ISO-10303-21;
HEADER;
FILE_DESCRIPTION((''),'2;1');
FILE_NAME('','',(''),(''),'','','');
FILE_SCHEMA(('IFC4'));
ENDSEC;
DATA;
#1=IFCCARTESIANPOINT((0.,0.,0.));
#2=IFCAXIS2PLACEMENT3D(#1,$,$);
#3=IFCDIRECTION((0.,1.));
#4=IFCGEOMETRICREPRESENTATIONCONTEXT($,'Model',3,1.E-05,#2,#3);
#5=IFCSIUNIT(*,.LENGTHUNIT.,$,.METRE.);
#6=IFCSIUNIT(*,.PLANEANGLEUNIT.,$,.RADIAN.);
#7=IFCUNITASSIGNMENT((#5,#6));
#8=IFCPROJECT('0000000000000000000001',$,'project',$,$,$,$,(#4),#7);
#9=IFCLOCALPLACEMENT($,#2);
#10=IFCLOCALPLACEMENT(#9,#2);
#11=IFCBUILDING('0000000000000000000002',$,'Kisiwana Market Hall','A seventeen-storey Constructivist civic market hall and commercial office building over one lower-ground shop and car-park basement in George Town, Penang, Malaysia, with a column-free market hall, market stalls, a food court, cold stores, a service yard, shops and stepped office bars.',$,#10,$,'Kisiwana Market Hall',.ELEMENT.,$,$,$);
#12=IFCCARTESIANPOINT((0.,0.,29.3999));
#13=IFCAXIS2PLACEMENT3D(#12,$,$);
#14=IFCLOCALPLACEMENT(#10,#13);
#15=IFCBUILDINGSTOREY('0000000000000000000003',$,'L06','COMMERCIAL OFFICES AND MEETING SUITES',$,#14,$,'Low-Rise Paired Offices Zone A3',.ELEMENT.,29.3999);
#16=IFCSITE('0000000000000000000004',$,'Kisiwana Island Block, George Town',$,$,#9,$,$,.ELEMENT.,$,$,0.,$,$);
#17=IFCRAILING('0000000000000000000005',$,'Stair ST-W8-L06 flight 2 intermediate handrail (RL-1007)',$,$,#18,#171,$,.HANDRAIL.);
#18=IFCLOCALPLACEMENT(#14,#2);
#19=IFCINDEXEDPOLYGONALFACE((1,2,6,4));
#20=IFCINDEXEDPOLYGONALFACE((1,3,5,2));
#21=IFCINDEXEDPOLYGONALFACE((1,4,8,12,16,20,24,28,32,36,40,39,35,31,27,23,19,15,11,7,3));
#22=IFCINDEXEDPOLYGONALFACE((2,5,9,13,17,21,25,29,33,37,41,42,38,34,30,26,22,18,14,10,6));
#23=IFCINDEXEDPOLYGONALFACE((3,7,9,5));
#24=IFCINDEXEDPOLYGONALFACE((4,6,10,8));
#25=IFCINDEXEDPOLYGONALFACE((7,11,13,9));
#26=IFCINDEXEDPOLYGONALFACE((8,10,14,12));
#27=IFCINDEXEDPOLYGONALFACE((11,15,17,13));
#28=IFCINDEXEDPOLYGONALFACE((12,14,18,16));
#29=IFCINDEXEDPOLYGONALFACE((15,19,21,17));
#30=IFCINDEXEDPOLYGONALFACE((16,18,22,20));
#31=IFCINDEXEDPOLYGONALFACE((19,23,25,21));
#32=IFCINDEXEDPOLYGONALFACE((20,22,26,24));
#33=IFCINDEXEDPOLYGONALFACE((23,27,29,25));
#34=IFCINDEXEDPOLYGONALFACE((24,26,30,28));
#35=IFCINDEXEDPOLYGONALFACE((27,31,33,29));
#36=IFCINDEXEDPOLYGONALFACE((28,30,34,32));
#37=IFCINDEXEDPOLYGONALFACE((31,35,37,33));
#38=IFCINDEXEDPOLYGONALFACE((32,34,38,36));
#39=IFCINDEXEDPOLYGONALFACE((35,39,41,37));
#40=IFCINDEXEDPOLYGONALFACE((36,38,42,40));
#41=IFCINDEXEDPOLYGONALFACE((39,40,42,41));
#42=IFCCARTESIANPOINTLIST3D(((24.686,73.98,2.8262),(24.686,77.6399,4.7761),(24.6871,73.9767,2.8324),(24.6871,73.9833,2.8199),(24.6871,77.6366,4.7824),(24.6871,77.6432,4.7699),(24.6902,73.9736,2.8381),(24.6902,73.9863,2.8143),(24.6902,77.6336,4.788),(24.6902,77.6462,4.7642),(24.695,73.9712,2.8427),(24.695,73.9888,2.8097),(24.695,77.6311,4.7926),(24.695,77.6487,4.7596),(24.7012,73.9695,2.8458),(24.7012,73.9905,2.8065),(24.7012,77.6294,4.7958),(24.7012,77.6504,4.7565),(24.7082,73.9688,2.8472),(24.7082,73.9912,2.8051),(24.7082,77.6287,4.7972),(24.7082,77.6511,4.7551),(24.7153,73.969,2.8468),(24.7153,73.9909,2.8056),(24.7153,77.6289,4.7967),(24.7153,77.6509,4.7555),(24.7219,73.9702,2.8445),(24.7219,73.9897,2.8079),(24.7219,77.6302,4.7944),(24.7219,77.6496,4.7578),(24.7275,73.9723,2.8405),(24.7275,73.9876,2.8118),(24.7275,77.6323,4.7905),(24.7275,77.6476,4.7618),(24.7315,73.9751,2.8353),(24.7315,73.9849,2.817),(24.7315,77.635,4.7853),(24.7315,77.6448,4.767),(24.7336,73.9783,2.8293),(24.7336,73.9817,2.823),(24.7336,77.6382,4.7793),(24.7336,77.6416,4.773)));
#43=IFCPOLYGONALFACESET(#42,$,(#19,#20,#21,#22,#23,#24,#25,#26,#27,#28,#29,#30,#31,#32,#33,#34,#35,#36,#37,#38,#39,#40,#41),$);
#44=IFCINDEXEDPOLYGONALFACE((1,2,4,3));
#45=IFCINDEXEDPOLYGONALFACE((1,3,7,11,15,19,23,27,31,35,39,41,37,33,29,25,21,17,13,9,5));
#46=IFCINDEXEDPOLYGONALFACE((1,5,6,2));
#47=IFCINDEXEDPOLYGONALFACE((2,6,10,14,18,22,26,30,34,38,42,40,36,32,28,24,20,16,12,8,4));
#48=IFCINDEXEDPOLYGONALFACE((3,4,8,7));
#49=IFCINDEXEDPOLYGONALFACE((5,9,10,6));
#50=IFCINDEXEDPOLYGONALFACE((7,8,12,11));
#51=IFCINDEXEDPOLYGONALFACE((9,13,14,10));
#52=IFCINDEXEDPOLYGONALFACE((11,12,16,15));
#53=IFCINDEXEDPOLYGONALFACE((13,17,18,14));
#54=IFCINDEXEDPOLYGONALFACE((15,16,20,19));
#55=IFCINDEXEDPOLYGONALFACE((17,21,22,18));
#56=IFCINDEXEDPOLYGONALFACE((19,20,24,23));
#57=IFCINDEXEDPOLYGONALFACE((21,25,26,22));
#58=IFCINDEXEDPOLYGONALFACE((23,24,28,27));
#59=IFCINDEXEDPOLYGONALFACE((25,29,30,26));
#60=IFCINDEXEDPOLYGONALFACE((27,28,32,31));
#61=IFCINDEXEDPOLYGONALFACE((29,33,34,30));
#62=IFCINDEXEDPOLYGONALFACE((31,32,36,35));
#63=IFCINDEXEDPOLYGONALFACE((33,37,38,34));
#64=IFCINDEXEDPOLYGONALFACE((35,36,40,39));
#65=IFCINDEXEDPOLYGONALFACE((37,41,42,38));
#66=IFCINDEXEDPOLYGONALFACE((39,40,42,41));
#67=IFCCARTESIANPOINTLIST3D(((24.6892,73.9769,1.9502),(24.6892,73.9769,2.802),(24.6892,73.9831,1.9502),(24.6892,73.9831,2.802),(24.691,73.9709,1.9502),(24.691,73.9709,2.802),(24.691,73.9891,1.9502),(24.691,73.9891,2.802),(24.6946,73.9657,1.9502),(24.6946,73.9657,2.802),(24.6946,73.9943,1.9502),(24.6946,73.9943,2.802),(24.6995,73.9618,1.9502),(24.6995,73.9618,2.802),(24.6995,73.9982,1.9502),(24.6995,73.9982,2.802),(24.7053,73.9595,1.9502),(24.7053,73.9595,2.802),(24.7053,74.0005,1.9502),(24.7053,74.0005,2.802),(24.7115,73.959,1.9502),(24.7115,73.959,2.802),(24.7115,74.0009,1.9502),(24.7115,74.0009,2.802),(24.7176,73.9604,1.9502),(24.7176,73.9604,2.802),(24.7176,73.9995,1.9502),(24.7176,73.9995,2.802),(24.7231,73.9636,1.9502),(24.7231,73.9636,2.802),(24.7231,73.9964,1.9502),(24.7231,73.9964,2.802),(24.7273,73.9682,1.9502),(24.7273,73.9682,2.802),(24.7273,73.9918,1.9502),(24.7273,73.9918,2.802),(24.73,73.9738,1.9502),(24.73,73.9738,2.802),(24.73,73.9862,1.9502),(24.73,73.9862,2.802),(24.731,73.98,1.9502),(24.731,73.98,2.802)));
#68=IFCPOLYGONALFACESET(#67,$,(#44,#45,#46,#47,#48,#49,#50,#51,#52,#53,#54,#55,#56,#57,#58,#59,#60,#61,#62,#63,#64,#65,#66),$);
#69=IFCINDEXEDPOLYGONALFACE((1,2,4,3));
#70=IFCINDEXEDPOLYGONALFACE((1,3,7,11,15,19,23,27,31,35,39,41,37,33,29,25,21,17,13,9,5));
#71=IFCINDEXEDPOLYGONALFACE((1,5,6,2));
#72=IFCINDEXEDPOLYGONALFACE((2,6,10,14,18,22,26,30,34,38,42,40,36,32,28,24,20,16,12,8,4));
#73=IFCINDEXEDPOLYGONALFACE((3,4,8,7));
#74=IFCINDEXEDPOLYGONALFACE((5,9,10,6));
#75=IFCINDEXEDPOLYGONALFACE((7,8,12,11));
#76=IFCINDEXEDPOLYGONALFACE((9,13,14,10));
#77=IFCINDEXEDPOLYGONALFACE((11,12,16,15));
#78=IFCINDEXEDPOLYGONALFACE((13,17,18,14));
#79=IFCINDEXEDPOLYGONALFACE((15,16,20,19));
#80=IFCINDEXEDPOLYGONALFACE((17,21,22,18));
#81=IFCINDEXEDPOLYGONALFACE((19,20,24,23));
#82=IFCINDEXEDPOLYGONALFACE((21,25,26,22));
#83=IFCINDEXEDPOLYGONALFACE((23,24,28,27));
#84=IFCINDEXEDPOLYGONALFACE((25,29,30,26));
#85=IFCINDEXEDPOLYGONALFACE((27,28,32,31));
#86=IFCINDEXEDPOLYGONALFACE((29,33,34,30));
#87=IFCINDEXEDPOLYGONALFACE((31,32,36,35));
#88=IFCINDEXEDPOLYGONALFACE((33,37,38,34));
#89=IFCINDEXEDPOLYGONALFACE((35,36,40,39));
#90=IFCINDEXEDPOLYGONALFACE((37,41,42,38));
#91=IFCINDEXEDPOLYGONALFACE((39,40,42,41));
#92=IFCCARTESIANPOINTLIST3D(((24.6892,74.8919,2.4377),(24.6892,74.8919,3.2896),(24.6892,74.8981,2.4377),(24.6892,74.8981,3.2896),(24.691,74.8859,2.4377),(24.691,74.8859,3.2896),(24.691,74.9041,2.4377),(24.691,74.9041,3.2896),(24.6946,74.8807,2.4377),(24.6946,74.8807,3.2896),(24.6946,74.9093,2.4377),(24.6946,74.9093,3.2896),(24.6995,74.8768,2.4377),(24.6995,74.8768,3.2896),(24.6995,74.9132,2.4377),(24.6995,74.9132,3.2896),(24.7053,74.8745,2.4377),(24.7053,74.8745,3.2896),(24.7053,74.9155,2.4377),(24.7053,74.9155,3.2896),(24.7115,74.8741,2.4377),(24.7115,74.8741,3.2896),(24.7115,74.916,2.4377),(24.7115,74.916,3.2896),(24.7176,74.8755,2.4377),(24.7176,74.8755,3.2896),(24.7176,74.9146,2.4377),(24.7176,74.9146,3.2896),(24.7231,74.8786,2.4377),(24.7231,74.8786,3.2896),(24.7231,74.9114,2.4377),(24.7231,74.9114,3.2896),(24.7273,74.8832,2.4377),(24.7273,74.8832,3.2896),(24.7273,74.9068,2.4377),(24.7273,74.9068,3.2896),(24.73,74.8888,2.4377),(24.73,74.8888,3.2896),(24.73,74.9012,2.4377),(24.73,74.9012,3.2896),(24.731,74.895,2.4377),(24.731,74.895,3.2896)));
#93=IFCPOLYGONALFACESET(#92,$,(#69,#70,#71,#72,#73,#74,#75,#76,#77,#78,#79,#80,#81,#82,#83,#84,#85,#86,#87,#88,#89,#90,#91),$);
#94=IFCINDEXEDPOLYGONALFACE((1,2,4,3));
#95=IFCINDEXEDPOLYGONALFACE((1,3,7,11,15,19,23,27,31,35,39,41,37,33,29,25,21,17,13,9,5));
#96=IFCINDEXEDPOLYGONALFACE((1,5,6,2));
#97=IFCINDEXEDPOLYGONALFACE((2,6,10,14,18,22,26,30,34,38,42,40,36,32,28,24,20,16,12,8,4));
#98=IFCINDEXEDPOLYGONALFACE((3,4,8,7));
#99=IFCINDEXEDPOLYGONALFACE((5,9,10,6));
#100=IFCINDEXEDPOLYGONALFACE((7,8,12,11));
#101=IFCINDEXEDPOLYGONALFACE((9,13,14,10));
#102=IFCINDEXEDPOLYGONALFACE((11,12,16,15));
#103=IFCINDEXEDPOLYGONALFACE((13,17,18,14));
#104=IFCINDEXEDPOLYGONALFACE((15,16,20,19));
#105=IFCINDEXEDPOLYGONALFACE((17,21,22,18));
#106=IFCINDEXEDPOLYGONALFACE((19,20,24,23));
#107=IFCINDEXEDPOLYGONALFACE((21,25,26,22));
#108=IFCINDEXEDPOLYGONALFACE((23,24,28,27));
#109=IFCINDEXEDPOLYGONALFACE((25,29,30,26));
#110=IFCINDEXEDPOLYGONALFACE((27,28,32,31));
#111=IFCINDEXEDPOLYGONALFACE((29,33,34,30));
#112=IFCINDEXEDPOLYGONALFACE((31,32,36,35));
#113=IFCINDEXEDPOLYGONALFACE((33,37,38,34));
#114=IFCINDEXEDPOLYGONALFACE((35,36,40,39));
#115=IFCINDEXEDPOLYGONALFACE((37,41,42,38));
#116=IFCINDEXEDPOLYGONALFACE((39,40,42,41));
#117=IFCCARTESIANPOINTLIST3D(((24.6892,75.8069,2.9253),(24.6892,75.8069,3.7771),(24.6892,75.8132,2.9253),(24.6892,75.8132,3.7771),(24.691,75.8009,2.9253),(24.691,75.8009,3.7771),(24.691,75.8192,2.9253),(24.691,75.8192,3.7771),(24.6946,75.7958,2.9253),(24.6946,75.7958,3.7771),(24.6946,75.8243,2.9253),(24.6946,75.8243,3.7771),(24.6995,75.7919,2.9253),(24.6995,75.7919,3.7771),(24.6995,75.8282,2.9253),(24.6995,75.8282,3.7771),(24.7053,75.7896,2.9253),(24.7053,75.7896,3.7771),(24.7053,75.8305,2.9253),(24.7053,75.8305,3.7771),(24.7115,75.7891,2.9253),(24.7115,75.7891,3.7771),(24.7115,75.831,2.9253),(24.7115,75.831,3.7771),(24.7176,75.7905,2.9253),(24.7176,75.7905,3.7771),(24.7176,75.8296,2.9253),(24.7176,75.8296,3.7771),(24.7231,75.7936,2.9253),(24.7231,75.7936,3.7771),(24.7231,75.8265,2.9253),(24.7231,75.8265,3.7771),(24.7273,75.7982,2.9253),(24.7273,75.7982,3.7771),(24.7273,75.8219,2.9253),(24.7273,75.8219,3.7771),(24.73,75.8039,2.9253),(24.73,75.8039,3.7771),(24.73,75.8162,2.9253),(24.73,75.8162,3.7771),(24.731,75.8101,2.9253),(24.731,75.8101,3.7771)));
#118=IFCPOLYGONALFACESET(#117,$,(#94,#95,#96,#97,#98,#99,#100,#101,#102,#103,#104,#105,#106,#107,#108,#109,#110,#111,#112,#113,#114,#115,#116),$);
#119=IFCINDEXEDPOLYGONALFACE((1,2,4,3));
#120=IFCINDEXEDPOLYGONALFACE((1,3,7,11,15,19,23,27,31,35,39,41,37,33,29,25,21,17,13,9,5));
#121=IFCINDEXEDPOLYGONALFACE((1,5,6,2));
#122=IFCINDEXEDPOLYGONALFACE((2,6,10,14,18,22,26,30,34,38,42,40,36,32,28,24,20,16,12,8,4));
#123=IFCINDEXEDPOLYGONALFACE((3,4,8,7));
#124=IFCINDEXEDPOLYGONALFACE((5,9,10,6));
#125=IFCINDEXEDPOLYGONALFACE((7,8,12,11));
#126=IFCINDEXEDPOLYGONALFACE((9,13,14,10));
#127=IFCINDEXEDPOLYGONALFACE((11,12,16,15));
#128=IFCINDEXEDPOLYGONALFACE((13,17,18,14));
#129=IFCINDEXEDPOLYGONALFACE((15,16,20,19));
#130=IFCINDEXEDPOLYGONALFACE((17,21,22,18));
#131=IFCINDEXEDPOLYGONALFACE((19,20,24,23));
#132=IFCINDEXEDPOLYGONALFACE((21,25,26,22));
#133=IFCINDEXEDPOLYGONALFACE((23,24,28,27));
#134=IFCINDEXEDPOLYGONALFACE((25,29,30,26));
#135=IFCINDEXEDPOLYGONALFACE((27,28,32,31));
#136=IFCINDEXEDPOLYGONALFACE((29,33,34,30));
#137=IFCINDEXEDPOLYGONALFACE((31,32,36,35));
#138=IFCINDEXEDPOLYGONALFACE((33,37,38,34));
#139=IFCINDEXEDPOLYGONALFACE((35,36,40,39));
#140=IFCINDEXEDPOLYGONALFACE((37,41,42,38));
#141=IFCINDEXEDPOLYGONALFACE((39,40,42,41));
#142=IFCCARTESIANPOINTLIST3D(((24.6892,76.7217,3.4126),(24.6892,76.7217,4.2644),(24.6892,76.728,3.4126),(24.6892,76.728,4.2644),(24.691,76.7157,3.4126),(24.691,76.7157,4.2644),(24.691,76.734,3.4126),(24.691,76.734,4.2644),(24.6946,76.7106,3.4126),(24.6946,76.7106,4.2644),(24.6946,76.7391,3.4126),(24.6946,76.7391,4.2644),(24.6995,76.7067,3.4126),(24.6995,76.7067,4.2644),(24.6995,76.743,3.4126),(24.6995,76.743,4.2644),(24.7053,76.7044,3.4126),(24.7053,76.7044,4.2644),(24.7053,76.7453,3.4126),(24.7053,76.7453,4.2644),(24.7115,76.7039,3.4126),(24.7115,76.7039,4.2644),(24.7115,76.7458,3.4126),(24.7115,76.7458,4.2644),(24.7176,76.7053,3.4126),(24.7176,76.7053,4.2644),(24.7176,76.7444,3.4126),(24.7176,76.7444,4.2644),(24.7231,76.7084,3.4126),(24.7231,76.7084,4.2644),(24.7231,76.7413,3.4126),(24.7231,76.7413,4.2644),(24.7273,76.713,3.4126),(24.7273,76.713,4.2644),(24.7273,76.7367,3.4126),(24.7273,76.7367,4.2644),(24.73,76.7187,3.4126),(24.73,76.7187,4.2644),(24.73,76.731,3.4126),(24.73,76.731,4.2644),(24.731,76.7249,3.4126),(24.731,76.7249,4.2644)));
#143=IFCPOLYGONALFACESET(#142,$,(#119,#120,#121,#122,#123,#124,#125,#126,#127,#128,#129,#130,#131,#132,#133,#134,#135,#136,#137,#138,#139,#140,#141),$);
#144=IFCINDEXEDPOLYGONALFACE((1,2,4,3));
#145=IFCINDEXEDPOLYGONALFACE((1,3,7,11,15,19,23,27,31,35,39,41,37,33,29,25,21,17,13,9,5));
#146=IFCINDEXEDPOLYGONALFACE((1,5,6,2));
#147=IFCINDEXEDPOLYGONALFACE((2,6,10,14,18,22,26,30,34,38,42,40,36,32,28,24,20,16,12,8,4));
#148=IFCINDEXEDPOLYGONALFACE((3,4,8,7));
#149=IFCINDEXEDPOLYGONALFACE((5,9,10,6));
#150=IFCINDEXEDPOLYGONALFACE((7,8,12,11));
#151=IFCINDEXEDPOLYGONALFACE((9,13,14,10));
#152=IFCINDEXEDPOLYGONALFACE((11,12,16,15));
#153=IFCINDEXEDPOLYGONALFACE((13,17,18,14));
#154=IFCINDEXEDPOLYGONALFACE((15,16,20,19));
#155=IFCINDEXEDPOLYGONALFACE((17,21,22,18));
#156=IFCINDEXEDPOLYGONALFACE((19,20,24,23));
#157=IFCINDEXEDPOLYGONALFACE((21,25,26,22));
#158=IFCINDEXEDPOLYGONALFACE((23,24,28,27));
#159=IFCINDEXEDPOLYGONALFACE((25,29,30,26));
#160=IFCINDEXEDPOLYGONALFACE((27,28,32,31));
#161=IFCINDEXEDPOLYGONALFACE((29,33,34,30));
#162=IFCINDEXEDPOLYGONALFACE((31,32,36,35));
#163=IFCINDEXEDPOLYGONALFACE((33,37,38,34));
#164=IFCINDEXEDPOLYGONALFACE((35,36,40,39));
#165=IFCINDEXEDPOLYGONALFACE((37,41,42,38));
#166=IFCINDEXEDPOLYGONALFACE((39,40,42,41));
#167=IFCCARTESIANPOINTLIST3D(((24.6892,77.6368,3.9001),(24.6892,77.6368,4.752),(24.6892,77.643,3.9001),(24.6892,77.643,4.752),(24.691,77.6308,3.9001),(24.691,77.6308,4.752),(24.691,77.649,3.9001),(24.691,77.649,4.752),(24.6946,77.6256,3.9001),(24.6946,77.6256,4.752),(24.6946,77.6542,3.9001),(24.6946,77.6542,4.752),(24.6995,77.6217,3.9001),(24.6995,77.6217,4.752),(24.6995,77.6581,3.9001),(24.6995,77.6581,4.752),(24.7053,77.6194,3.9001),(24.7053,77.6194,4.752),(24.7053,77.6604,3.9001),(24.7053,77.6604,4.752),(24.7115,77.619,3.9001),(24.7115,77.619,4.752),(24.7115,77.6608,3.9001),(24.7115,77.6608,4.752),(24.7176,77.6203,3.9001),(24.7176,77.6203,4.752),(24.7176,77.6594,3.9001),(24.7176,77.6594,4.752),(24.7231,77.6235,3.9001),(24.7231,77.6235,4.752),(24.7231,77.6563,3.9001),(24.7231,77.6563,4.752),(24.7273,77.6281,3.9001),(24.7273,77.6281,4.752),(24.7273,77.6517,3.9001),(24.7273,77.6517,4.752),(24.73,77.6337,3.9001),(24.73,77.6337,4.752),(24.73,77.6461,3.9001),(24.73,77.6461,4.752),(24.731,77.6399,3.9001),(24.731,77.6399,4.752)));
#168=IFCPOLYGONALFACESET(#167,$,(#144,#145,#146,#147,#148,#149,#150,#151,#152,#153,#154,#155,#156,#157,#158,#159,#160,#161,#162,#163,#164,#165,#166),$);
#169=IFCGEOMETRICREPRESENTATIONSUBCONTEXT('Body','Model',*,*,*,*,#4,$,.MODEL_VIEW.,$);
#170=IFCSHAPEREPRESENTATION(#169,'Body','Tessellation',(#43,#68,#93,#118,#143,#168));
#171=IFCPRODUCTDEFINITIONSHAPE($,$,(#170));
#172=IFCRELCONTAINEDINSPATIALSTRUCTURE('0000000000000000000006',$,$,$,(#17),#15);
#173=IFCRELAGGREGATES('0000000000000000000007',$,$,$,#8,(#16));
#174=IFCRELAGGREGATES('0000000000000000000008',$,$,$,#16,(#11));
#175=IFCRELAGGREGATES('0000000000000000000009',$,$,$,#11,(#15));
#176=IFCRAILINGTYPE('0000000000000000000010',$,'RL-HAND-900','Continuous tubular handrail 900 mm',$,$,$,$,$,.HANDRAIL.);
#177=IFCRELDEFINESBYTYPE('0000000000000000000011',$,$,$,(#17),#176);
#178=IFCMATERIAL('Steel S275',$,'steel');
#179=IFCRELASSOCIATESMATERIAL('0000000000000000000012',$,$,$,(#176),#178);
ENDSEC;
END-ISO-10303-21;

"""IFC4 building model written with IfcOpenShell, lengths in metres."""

from ifc_helpers import new_model, si_unit, direction, frame, origin, origin_2d, place, context, subcontext, project, spatial, circle, extrude, material, type_object, element, save


model = new_model("IFC4")

# Units and contexts
model_context = context("Model", 3, precision=1e-05, world=origin(), true_north=direction((0.0, 1.0)))
body_context = subcontext(model_context, "Body", "Model", "MODEL_VIEW")
ifc_project = project(units=[si_unit("LENGTHUNIT", "METRE"), si_unit("PLANEANGLEUNIT", "RADIAN")], contexts=[model_context])

# Site, building, storey
site_placement = place(None, origin())
site = spatial("IfcSite", under=ifc_project, at=site_placement, Name="Kisiwana Island Block, George Town", CompositionType="ELEMENT", RefElevation=0.0)
building_placement = place(site_placement, origin())
building = spatial("IfcBuilding", under=site, at=building_placement, Name="Kisiwana Market Hall", Description="A seventeen-storey Constructivist civic market hall and commercial office building over one lower-ground shop and car-park basement in George Town, Penang, Malaysia, with a column-free market hall, market stalls, a food court, cold stores, a service yard, shops and stepped office bars.", LongName="Kisiwana Market Hall", CompositionType="ELEMENT")
storey_placement = place(building_placement, frame((0.0, 0.0, 29.3999)))
storey = spatial("IfcBuildingStorey", under=building, at=storey_placement, Name="L06", Description="COMMERCIAL OFFICES AND MEETING SUITES", LongName="Low-Rise Paired Offices Zone A3", CompositionType="ELEMENT", Elevation=29.3999)

# Railing
ifc_material_1 = material(Name="Steel S275", Category="steel")
railing_type_1 = type_object("IfcRailingType", Name="RL-HAND-900", Description="Continuous tubular handrail 900 mm", PredefinedType="HANDRAIL", material=ifc_material_1)
railing_1_placement = place(storey_placement, frame((24.71, 73.98, 1.9502)))
element("IfcRailing", 1, at=railing_1_placement, inside=storey, type_object=railing_type_1, Name="Stair ST-W8-L06 flight 2 intermediate handrail (RL-1007)", PredefinedType="HANDRAIL", context=body_context, shape_type="SweptSolid", body=[
    extrude(circle(Radius=0.0239, at=origin_2d()), frame((0.0, 0.0, 0.876), z_axis=(0.0, 0.882553, 0.470212), x_axis=(-1.0, 0.0, 0.0)), (0.0, 0.0, 1.0), 4.147),
    extrude(circle(Radius=0.021, at=origin_2d()), origin(), (0.0, 0.0, 1.0), 0.8518),
    extrude(circle(Radius=0.021, at=origin_2d()), frame((0.0, 0.915, 0.4875)), (0.0, 0.0, 1.0), 0.8518),
    extrude(circle(Radius=0.021, at=origin_2d()), frame((0.0, 1.8301, 0.9751)), (0.0, 0.0, 1.0), 0.8518),
    extrude(circle(Radius=0.021, at=origin_2d()), frame((0.0, 2.7449, 1.4624)), (0.0, 0.0, 1.0), 0.8518),
    extrude(circle(Radius=0.021, at=origin_2d()), frame((0.0, 3.6599, 1.95)), (0.0, 0.0, 1.0), 0.8518),
])

save(model, "model.ifc")
